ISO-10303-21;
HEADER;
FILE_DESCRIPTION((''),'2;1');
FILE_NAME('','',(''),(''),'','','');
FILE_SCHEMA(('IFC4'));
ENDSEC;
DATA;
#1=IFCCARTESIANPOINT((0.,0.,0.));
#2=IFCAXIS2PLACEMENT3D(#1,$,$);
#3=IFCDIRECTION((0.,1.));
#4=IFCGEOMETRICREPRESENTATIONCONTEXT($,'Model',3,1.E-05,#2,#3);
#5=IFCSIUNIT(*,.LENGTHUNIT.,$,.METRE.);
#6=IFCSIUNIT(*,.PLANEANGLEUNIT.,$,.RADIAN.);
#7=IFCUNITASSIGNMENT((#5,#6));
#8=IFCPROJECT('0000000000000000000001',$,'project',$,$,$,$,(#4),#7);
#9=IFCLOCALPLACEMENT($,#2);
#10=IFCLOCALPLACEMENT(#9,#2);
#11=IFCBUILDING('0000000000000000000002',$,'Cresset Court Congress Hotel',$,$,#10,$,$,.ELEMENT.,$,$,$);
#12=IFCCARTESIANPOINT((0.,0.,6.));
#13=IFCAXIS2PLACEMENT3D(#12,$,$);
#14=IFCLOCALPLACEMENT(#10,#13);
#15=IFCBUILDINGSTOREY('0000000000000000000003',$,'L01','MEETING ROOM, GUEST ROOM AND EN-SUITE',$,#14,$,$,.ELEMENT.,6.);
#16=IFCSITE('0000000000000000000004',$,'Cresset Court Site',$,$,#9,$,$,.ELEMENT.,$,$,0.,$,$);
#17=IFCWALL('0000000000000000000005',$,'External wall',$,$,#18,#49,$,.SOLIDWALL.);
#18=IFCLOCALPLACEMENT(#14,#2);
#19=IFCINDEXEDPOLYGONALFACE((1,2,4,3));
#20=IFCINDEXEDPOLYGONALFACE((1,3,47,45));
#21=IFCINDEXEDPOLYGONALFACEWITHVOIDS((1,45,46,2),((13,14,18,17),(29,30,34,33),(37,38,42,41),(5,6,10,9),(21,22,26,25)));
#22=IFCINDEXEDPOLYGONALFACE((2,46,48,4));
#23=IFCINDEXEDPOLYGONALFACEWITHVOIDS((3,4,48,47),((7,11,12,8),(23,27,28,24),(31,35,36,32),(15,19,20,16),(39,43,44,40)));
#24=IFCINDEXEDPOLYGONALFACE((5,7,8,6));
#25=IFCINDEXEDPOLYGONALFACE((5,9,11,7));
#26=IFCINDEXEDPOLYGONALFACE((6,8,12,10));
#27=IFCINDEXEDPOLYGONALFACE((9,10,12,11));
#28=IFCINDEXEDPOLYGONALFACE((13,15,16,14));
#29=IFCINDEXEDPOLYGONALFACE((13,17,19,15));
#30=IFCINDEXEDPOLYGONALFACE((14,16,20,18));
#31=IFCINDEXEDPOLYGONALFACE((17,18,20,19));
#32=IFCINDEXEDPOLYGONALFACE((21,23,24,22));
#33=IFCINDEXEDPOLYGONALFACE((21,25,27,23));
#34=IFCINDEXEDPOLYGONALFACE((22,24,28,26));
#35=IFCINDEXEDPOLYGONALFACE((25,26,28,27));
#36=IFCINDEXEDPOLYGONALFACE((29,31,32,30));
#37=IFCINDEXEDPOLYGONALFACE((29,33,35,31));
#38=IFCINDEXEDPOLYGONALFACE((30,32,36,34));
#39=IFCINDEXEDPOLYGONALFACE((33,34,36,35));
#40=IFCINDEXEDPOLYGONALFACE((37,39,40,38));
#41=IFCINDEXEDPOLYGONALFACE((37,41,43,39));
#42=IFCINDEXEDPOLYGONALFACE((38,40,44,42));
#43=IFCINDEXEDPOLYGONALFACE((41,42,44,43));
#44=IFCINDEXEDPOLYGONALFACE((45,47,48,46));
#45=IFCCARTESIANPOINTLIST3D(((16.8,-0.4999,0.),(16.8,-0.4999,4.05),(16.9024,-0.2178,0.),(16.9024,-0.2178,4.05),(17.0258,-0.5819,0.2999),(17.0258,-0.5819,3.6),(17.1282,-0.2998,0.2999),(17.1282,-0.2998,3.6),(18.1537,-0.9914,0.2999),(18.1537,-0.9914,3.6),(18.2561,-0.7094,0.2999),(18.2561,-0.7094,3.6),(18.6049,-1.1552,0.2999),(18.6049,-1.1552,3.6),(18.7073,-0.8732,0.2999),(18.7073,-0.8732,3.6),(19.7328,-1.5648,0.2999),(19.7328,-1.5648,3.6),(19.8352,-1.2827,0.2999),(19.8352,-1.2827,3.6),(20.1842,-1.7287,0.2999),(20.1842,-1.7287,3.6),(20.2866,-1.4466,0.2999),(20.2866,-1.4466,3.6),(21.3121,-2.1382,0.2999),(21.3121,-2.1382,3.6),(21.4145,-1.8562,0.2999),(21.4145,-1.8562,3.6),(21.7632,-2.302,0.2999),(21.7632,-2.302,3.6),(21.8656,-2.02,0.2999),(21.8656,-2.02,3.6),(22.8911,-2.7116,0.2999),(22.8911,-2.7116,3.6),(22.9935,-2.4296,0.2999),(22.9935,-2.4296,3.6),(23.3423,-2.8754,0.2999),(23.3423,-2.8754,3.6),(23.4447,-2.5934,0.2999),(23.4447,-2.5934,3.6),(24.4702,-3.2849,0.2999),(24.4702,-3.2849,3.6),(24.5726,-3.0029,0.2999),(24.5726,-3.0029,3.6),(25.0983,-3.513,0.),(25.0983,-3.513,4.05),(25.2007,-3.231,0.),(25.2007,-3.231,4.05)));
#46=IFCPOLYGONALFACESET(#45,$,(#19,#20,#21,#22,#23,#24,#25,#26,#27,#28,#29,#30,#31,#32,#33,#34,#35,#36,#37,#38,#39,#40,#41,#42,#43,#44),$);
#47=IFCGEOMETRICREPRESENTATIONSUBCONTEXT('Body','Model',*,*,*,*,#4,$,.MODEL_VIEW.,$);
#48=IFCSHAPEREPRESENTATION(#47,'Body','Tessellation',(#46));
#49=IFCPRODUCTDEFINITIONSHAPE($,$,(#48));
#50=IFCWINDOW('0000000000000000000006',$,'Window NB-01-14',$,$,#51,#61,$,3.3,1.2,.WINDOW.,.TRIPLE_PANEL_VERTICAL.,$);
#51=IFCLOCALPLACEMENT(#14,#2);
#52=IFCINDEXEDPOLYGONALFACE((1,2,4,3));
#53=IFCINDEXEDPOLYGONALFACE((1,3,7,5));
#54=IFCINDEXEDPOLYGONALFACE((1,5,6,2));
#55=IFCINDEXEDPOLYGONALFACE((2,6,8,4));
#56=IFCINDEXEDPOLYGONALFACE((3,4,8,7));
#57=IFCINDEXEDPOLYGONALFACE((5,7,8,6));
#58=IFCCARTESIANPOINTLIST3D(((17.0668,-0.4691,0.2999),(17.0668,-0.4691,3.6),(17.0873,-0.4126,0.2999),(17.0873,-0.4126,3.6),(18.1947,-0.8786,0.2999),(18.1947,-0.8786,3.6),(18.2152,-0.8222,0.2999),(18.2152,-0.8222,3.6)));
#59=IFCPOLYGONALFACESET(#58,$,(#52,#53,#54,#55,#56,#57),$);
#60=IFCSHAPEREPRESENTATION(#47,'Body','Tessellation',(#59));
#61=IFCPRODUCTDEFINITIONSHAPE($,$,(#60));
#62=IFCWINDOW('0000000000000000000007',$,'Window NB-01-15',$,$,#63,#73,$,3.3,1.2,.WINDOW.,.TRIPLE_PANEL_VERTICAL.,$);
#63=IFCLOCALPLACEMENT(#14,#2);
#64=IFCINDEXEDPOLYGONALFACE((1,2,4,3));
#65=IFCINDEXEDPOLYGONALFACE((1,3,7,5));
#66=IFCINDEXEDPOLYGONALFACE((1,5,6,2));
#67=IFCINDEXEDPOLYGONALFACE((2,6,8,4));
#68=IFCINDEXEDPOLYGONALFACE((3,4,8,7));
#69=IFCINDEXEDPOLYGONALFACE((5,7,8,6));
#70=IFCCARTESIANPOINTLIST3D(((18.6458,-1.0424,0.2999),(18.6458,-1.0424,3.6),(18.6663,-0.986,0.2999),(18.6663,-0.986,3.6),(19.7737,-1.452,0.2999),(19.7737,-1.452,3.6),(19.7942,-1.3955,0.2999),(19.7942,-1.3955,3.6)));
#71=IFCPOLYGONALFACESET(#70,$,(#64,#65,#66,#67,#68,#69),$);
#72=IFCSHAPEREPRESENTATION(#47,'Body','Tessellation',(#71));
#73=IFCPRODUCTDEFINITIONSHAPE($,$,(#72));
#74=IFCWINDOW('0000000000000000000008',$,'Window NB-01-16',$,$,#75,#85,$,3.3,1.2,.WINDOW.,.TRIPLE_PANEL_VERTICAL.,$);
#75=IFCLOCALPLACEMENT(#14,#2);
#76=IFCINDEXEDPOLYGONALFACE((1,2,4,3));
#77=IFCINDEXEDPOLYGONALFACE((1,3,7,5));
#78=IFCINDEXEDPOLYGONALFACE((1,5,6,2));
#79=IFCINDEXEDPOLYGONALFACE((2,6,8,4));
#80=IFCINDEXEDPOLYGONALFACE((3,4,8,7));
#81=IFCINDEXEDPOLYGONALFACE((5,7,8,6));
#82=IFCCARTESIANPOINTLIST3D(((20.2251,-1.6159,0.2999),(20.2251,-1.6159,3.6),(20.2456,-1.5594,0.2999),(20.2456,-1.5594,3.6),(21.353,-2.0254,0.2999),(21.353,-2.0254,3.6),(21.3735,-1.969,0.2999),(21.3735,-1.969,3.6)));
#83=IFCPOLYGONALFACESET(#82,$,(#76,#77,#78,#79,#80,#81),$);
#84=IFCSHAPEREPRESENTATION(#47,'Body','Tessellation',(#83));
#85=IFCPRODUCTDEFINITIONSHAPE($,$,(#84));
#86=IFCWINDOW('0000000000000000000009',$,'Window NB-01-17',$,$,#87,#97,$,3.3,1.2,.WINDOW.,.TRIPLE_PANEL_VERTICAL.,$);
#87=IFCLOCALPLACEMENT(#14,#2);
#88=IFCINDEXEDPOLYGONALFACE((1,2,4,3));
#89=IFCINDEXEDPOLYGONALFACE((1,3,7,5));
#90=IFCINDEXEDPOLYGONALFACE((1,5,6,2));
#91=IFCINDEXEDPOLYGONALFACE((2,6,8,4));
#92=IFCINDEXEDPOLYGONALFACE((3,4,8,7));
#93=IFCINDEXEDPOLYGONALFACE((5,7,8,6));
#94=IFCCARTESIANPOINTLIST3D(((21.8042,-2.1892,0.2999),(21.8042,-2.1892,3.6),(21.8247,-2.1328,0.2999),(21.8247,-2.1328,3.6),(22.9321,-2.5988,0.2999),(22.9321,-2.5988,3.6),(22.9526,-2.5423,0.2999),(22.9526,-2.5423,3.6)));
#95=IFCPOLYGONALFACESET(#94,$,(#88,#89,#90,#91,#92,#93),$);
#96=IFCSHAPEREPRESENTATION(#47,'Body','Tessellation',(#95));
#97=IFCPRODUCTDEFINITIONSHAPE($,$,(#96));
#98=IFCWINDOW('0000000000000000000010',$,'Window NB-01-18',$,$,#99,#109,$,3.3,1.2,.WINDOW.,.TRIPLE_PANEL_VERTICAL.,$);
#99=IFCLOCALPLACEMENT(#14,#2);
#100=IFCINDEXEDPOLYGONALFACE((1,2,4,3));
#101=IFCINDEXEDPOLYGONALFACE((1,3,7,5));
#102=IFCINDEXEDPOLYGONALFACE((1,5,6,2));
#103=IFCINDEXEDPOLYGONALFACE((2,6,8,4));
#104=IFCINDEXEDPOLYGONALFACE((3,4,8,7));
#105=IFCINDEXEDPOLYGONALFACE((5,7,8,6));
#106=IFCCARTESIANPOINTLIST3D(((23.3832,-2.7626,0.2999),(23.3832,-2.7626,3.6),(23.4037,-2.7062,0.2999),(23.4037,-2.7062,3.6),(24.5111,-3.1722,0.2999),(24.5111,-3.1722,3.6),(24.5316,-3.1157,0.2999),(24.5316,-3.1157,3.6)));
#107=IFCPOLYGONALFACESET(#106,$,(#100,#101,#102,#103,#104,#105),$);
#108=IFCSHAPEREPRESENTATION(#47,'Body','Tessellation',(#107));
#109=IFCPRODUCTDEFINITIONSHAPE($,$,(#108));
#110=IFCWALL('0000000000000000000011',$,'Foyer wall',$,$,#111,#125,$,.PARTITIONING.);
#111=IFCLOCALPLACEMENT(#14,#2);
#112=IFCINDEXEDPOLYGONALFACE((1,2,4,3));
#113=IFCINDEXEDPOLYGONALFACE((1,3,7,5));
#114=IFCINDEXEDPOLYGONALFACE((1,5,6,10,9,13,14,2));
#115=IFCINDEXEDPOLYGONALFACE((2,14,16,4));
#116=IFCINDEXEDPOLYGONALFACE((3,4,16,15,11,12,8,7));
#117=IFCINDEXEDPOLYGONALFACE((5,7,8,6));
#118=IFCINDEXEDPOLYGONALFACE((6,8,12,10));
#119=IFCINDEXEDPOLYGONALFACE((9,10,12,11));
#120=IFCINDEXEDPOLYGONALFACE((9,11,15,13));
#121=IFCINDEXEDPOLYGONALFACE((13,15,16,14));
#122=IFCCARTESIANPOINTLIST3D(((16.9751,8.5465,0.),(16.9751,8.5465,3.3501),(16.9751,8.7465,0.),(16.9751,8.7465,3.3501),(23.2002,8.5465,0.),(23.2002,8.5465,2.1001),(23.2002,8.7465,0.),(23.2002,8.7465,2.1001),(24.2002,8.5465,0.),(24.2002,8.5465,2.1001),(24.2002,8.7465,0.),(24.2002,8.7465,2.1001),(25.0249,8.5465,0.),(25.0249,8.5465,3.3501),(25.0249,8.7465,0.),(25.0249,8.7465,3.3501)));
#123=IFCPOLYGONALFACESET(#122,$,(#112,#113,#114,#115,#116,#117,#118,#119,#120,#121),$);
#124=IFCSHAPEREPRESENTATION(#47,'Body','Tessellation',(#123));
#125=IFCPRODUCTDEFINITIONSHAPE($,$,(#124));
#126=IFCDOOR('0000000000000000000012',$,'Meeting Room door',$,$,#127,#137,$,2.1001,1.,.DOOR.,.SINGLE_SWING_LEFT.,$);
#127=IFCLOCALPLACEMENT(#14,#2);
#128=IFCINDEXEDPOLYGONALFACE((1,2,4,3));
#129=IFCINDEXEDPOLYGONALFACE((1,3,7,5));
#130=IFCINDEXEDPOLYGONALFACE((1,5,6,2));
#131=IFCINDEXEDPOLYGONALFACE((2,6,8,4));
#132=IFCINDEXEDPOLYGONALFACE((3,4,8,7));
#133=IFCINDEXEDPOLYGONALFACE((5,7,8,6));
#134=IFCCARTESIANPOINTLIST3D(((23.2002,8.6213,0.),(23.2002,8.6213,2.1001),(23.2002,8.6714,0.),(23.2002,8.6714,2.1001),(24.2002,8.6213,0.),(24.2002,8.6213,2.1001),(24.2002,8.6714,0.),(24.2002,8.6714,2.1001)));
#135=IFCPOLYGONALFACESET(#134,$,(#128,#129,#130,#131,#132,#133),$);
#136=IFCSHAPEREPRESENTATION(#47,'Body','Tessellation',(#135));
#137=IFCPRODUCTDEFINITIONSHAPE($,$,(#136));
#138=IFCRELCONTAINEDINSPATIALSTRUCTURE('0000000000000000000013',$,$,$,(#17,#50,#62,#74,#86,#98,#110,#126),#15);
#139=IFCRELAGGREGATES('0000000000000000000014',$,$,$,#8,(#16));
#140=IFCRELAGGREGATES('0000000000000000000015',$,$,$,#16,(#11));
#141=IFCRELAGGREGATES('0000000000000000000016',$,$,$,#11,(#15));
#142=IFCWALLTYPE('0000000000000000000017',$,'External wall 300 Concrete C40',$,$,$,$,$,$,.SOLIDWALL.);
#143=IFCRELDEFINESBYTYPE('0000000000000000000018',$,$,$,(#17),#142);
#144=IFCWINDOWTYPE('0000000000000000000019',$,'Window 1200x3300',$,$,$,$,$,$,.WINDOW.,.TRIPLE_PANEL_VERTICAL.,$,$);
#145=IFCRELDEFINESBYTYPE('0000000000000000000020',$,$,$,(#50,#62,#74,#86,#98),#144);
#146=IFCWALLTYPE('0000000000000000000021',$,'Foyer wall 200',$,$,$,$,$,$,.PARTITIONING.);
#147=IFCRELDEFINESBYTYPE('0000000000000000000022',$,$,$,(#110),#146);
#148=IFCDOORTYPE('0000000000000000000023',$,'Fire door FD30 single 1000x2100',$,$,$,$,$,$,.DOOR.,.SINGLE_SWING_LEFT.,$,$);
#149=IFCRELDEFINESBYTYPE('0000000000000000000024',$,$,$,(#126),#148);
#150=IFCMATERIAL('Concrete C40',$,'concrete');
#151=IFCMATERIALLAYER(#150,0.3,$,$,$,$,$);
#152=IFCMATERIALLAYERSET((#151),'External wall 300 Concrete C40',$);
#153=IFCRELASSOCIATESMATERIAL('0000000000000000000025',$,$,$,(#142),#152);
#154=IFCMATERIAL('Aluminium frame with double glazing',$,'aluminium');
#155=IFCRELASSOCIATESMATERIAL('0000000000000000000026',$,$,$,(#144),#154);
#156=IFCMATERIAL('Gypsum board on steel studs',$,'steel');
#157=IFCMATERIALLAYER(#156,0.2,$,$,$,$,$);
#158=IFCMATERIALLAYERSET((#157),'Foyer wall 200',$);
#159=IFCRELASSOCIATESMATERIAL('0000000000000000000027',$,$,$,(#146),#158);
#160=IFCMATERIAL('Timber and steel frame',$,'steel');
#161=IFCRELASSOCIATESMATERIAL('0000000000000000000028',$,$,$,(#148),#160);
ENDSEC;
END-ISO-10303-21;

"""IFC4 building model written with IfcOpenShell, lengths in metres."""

from ifc_helpers import new_model, si_unit, direction, frame, frame_2d, origin, place, context, subcontext, project, spatial, rectangle, extrude, material, layer, layer_set, type_object, element, fill, save


model = new_model("IFC4")

# Units and contexts
model_context = context("Model", 3, precision=1e-05, world=origin(), true_north=direction((0.0, 1.0)))
body_context = subcontext(model_context, "Body", "Model", "MODEL_VIEW")
ifc_project = project(units=[si_unit("LENGTHUNIT", "METRE"), si_unit("PLANEANGLEUNIT", "RADIAN")], contexts=[model_context])

# Site, building, storey
site_placement = place(None, origin())
site = spatial("IfcSite", under=ifc_project, at=site_placement, Name="Cresset Court Site", CompositionType="ELEMENT", RefElevation=0.0)
building_placement = place(site_placement, origin())
building = spatial("IfcBuilding", under=site, at=building_placement, Name="Cresset Court Congress Hotel", CompositionType="ELEMENT")
storey_placement = place(building_placement, frame((0.0, 0.0, 6.0)))
storey = spatial("IfcBuildingStorey", under=building, at=storey_placement, Name="L01", Description="MEETING ROOM, GUEST ROOM AND EN-SUITE", CompositionType="ELEMENT", Elevation=6.0)

# Wall, openings, windows
ifc_material_1 = material(Name="Concrete C40", Category="concrete")
ifc_layer_1 = layer(ifc_material_1, 0.3)
ifc_layer_set_1 = layer_set([ifc_layer_1], Name="External wall 300 Concrete C40")
wall_type_1 = type_object("IfcWallType", Name="External wall 300 Concrete C40", PredefinedType="SOLIDWALL", material=ifc_layer_set_1)
wall_1_placement = place(storey_placement, frame((16.8513, -0.3589, 0.0), z_axis=(0.0, 0.0, 1.0), x_axis=(0.939953, -0.341303, 0.0)))
wall_1 = element("IfcWall", 1, at=wall_1_placement, inside=storey, type_object=wall_type_1, Name="External wall", PredefinedType="SOLIDWALL", context=body_context, shape_type="SweptSolid", body=[
    extrude(rectangle(XDim=8.8284, YDim=0.3, at=frame_2d((4.4141, 0.0))), origin(), (0.0, 0.0, 1.0), 4.05),
])
opening_1_placement = place(wall_1_placement, frame((0.24, 0.0, 0.3)))
opening_1 = element("IfcOpeningElement", 2, at=opening_1_placement, cuts=wall_1, PredefinedType="OPENING", context=body_context, shape_type="SweptSolid", body=[
    extrude(rectangle(XDim=1.2, YDim=3.3, at=frame_2d((0.6001, 1.6499))), frame((0.0, 0.1599, 0.0), z_axis=(0.0, -1.0, 0.0), x_axis=(1.0, 0.0, 0.0)), (0.0, 0.0, 1.0), 0.3201),
])
opening_2_placement = place(wall_1_placement, frame((1.9199, 0.0, 0.3)))
opening_2 = element("IfcOpeningElement", 3, at=opening_2_placement, cuts=wall_1, PredefinedType="OPENING", context=body_context, shape_type="SweptSolid", body=[
    extrude(rectangle(XDim=1.2, YDim=3.3, at=frame_2d((0.6001, 1.6499))), frame((0.0, 0.1599, 0.0), z_axis=(0.0, -1.0, 0.0), x_axis=(1.0, 0.0, 0.0)), (0.0, 0.0, 1.0), 0.3201),
])
opening_3_placement = place(wall_1_placement, frame((3.6001, 0.0, 0.3)))
opening_3 = element("IfcOpeningElement", 4, at=opening_3_placement, cuts=wall_1, PredefinedType="OPENING", context=body_context, shape_type="SweptSolid", body=[
    extrude(rectangle(XDim=1.2, YDim=3.3, at=frame_2d((0.6001, 1.6499))), frame((0.0, 0.1599, 0.0), z_axis=(0.0, -1.0, 0.0), x_axis=(1.0, 0.0, 0.0)), (0.0, 0.0, 1.0), 0.3201),
])
opening_4_placement = place(wall_1_placement, frame((5.28, 0.0, 0.3)))
opening_4 = element("IfcOpeningElement", 5, at=opening_4_placement, cuts=wall_1, PredefinedType="OPENING", context=body_context, shape_type="SweptSolid", body=[
    extrude(rectangle(XDim=1.2, YDim=3.3, at=frame_2d((0.6001, 1.6499))), frame((0.0, 0.1599, 0.0), z_axis=(0.0, -1.0, 0.0), x_axis=(1.0, 0.0, 0.0)), (0.0, 0.0, 1.0), 0.3201),
])
opening_5_placement = place(wall_1_placement, frame((6.96, 0.0, 0.3)))
opening_5 = element("IfcOpeningElement", 6, at=opening_5_placement, cuts=wall_1, PredefinedType="OPENING", context=body_context, shape_type="SweptSolid", body=[
    extrude(rectangle(XDim=1.2, YDim=3.3, at=frame_2d((0.6001, 1.6499))), frame((0.0, 0.1599, 0.0), z_axis=(0.0, -1.0, 0.0), x_axis=(1.0, 0.0, 0.0)), (0.0, 0.0, 1.0), 0.3201),
])
ifc_material_2 = material(Name="Aluminium frame with double glazing", Category="aluminium")
window_type = type_object("IfcWindowType", Name="Window 1200x3300", PartitioningType="TRIPLE_PANEL_VERTICAL", PredefinedType="WINDOW", material=ifc_material_2)
window_1_placement = place(opening_1_placement, origin())
window_1 = element("IfcWindow", 7, at=window_1_placement, inside=storey, type_object=window_type, Name="Window NB-01-14", OverallHeight=3.3, OverallWidth=1.2, PartitioningType="TRIPLE_PANEL_VERTICAL", PredefinedType="WINDOW", context=body_context, shape_type="SweptSolid", body=[
    extrude(rectangle(XDim=1.2, YDim=3.3, at=frame_2d((0.6001, 1.6499))), frame((0.0, 0.03, 0.0), z_axis=(0.0, -1.0, 0.0), x_axis=(1.0, 0.0, 0.0)), (0.0, 0.0, 1.0), 0.0601),
])
fill(opening_1, window_1)
window_2_placement = place(opening_2_placement, origin())
window_2 = element("IfcWindow", 8, at=window_2_placement, inside=storey, type_object=window_type, Name="Window NB-01-15", OverallHeight=3.3, OverallWidth=1.2, PartitioningType="TRIPLE_PANEL_VERTICAL", PredefinedType="WINDOW", context=body_context, shape_type="SweptSolid", body=[
    extrude(rectangle(XDim=1.2, YDim=3.3, at=frame_2d((0.6001, 1.6499))), frame((0.0, 0.03, 0.0), z_axis=(0.0, -1.0, 0.0), x_axis=(1.0, 0.0, 0.0)), (0.0, 0.0, 1.0), 0.0601),
])
fill(opening_2, window_2)
window_3_placement = place(opening_3_placement, origin())
window_3 = element("IfcWindow", 9, at=window_3_placement, inside=storey, type_object=window_type, Name="Window NB-01-16", OverallHeight=3.3, OverallWidth=1.2, PartitioningType="TRIPLE_PANEL_VERTICAL", PredefinedType="WINDOW", context=body_context, shape_type="SweptSolid", body=[
    extrude(rectangle(XDim=1.2, YDim=3.3, at=frame_2d((0.6001, 1.6499))), frame((0.0, 0.03, 0.0), z_axis=(0.0, -1.0, 0.0), x_axis=(1.0, 0.0, 0.0)), (0.0, 0.0, 1.0), 0.0601),
])
fill(opening_3, window_3)
window_4_placement = place(opening_4_placement, origin())
window_4 = element("IfcWindow", 10, at=window_4_placement, inside=storey, type_object=window_type, Name="Window NB-01-17", OverallHeight=3.3, OverallWidth=1.2, PartitioningType="TRIPLE_PANEL_VERTICAL", PredefinedType="WINDOW", context=body_context, shape_type="SweptSolid", body=[
    extrude(rectangle(XDim=1.2, YDim=3.3, at=frame_2d((0.6001, 1.6499))), frame((0.0, 0.03, 0.0), z_axis=(0.0, -1.0, 0.0), x_axis=(1.0, 0.0, 0.0)), (0.0, 0.0, 1.0), 0.0601),
])
fill(opening_4, window_4)
window_5_placement = place(opening_5_placement, origin())
window_5 = element("IfcWindow", 11, at=window_5_placement, inside=storey, type_object=window_type, Name="Window NB-01-18", OverallHeight=3.3, OverallWidth=1.2, PartitioningType="TRIPLE_PANEL_VERTICAL", PredefinedType="WINDOW", context=body_context, shape_type="SweptSolid", body=[
    extrude(rectangle(XDim=1.2, YDim=3.3, at=frame_2d((0.6001, 1.6499))), frame((0.0, 0.03, 0.0), z_axis=(0.0, -1.0, 0.0), x_axis=(1.0, 0.0, 0.0)), (0.0, 0.0, 1.0), 0.0601),
])
fill(opening_5, window_5)

# Wall, opening, door
ifc_material_3 = material(Name="Gypsum board on steel studs", Category="steel")
ifc_layer_2 = layer(ifc_material_3, 0.2)
ifc_layer_set_2 = layer_set([ifc_layer_2], Name="Foyer wall 200")
wall_type_2 = type_object("IfcWallType", Name="Foyer wall 200", PredefinedType="PARTITIONING", material=ifc_layer_set_2)
wall_2_placement = place(storey_placement, frame((16.9751, 8.6465, 0.0), z_axis=(0.0, 0.0, 1.0), x_axis=(1.0, 0.0, 0.0)))
wall_2 = element("IfcWall", 12, at=wall_2_placement, inside=storey, type_object=wall_type_2, Name="Foyer wall", PredefinedType="PARTITIONING", context=body_context, shape_type="SweptSolid", body=[
    extrude(rectangle(XDim=8.0498, YDim=0.2, at=frame_2d((4.0249, 0.0))), origin(), (0.0, 0.0, 1.0), 3.3501),
])
opening_6_placement = place(wall_2_placement, frame((6.2251, 0.0, 0.0)))
opening_6 = element("IfcOpeningElement", 13, at=opening_6_placement, cuts=wall_2, PredefinedType="OPENING", context=body_context, shape_type="SweptSolid", body=[
    extrude(rectangle(XDim=1.0, YDim=2.1001, at=frame_2d((0.5, 1.05))), frame((0.0, 0.1099, 0.0), z_axis=(0.0, -1.0, 0.0), x_axis=(1.0, 0.0, 0.0)), (0.0, 0.0, 1.0), 0.22),
])
ifc_material_4 = material(Name="Timber and steel frame", Category="steel")
door_type_1 = type_object("IfcDoorType", Name="Fire door FD30 single 1000x2100", OperationType="SINGLE_SWING_LEFT", PredefinedType="DOOR", material=ifc_material_4)
door_1_placement = place(opening_6_placement, origin())
door_1 = element("IfcDoor", 14, at=door_1_placement, inside=storey, type_object=door_type_1, Name="Meeting Room door", OperationType="SINGLE_SWING_LEFT", OverallHeight=2.1001, OverallWidth=1.0, PredefinedType="DOOR", context=body_context, shape_type="SweptSolid", body=[
    extrude(rectangle(XDim=1.0, YDim=2.1001, at=frame_2d((0.5, 1.05))), frame((0.0, 0.0249, 0.0), z_axis=(0.0, -1.0, 0.0), x_axis=(1.0, 0.0, 0.0)), (0.0, 0.0, 1.0), 0.05),
])
fill(opening_6, door_1)

save(model, "model.ifc")
